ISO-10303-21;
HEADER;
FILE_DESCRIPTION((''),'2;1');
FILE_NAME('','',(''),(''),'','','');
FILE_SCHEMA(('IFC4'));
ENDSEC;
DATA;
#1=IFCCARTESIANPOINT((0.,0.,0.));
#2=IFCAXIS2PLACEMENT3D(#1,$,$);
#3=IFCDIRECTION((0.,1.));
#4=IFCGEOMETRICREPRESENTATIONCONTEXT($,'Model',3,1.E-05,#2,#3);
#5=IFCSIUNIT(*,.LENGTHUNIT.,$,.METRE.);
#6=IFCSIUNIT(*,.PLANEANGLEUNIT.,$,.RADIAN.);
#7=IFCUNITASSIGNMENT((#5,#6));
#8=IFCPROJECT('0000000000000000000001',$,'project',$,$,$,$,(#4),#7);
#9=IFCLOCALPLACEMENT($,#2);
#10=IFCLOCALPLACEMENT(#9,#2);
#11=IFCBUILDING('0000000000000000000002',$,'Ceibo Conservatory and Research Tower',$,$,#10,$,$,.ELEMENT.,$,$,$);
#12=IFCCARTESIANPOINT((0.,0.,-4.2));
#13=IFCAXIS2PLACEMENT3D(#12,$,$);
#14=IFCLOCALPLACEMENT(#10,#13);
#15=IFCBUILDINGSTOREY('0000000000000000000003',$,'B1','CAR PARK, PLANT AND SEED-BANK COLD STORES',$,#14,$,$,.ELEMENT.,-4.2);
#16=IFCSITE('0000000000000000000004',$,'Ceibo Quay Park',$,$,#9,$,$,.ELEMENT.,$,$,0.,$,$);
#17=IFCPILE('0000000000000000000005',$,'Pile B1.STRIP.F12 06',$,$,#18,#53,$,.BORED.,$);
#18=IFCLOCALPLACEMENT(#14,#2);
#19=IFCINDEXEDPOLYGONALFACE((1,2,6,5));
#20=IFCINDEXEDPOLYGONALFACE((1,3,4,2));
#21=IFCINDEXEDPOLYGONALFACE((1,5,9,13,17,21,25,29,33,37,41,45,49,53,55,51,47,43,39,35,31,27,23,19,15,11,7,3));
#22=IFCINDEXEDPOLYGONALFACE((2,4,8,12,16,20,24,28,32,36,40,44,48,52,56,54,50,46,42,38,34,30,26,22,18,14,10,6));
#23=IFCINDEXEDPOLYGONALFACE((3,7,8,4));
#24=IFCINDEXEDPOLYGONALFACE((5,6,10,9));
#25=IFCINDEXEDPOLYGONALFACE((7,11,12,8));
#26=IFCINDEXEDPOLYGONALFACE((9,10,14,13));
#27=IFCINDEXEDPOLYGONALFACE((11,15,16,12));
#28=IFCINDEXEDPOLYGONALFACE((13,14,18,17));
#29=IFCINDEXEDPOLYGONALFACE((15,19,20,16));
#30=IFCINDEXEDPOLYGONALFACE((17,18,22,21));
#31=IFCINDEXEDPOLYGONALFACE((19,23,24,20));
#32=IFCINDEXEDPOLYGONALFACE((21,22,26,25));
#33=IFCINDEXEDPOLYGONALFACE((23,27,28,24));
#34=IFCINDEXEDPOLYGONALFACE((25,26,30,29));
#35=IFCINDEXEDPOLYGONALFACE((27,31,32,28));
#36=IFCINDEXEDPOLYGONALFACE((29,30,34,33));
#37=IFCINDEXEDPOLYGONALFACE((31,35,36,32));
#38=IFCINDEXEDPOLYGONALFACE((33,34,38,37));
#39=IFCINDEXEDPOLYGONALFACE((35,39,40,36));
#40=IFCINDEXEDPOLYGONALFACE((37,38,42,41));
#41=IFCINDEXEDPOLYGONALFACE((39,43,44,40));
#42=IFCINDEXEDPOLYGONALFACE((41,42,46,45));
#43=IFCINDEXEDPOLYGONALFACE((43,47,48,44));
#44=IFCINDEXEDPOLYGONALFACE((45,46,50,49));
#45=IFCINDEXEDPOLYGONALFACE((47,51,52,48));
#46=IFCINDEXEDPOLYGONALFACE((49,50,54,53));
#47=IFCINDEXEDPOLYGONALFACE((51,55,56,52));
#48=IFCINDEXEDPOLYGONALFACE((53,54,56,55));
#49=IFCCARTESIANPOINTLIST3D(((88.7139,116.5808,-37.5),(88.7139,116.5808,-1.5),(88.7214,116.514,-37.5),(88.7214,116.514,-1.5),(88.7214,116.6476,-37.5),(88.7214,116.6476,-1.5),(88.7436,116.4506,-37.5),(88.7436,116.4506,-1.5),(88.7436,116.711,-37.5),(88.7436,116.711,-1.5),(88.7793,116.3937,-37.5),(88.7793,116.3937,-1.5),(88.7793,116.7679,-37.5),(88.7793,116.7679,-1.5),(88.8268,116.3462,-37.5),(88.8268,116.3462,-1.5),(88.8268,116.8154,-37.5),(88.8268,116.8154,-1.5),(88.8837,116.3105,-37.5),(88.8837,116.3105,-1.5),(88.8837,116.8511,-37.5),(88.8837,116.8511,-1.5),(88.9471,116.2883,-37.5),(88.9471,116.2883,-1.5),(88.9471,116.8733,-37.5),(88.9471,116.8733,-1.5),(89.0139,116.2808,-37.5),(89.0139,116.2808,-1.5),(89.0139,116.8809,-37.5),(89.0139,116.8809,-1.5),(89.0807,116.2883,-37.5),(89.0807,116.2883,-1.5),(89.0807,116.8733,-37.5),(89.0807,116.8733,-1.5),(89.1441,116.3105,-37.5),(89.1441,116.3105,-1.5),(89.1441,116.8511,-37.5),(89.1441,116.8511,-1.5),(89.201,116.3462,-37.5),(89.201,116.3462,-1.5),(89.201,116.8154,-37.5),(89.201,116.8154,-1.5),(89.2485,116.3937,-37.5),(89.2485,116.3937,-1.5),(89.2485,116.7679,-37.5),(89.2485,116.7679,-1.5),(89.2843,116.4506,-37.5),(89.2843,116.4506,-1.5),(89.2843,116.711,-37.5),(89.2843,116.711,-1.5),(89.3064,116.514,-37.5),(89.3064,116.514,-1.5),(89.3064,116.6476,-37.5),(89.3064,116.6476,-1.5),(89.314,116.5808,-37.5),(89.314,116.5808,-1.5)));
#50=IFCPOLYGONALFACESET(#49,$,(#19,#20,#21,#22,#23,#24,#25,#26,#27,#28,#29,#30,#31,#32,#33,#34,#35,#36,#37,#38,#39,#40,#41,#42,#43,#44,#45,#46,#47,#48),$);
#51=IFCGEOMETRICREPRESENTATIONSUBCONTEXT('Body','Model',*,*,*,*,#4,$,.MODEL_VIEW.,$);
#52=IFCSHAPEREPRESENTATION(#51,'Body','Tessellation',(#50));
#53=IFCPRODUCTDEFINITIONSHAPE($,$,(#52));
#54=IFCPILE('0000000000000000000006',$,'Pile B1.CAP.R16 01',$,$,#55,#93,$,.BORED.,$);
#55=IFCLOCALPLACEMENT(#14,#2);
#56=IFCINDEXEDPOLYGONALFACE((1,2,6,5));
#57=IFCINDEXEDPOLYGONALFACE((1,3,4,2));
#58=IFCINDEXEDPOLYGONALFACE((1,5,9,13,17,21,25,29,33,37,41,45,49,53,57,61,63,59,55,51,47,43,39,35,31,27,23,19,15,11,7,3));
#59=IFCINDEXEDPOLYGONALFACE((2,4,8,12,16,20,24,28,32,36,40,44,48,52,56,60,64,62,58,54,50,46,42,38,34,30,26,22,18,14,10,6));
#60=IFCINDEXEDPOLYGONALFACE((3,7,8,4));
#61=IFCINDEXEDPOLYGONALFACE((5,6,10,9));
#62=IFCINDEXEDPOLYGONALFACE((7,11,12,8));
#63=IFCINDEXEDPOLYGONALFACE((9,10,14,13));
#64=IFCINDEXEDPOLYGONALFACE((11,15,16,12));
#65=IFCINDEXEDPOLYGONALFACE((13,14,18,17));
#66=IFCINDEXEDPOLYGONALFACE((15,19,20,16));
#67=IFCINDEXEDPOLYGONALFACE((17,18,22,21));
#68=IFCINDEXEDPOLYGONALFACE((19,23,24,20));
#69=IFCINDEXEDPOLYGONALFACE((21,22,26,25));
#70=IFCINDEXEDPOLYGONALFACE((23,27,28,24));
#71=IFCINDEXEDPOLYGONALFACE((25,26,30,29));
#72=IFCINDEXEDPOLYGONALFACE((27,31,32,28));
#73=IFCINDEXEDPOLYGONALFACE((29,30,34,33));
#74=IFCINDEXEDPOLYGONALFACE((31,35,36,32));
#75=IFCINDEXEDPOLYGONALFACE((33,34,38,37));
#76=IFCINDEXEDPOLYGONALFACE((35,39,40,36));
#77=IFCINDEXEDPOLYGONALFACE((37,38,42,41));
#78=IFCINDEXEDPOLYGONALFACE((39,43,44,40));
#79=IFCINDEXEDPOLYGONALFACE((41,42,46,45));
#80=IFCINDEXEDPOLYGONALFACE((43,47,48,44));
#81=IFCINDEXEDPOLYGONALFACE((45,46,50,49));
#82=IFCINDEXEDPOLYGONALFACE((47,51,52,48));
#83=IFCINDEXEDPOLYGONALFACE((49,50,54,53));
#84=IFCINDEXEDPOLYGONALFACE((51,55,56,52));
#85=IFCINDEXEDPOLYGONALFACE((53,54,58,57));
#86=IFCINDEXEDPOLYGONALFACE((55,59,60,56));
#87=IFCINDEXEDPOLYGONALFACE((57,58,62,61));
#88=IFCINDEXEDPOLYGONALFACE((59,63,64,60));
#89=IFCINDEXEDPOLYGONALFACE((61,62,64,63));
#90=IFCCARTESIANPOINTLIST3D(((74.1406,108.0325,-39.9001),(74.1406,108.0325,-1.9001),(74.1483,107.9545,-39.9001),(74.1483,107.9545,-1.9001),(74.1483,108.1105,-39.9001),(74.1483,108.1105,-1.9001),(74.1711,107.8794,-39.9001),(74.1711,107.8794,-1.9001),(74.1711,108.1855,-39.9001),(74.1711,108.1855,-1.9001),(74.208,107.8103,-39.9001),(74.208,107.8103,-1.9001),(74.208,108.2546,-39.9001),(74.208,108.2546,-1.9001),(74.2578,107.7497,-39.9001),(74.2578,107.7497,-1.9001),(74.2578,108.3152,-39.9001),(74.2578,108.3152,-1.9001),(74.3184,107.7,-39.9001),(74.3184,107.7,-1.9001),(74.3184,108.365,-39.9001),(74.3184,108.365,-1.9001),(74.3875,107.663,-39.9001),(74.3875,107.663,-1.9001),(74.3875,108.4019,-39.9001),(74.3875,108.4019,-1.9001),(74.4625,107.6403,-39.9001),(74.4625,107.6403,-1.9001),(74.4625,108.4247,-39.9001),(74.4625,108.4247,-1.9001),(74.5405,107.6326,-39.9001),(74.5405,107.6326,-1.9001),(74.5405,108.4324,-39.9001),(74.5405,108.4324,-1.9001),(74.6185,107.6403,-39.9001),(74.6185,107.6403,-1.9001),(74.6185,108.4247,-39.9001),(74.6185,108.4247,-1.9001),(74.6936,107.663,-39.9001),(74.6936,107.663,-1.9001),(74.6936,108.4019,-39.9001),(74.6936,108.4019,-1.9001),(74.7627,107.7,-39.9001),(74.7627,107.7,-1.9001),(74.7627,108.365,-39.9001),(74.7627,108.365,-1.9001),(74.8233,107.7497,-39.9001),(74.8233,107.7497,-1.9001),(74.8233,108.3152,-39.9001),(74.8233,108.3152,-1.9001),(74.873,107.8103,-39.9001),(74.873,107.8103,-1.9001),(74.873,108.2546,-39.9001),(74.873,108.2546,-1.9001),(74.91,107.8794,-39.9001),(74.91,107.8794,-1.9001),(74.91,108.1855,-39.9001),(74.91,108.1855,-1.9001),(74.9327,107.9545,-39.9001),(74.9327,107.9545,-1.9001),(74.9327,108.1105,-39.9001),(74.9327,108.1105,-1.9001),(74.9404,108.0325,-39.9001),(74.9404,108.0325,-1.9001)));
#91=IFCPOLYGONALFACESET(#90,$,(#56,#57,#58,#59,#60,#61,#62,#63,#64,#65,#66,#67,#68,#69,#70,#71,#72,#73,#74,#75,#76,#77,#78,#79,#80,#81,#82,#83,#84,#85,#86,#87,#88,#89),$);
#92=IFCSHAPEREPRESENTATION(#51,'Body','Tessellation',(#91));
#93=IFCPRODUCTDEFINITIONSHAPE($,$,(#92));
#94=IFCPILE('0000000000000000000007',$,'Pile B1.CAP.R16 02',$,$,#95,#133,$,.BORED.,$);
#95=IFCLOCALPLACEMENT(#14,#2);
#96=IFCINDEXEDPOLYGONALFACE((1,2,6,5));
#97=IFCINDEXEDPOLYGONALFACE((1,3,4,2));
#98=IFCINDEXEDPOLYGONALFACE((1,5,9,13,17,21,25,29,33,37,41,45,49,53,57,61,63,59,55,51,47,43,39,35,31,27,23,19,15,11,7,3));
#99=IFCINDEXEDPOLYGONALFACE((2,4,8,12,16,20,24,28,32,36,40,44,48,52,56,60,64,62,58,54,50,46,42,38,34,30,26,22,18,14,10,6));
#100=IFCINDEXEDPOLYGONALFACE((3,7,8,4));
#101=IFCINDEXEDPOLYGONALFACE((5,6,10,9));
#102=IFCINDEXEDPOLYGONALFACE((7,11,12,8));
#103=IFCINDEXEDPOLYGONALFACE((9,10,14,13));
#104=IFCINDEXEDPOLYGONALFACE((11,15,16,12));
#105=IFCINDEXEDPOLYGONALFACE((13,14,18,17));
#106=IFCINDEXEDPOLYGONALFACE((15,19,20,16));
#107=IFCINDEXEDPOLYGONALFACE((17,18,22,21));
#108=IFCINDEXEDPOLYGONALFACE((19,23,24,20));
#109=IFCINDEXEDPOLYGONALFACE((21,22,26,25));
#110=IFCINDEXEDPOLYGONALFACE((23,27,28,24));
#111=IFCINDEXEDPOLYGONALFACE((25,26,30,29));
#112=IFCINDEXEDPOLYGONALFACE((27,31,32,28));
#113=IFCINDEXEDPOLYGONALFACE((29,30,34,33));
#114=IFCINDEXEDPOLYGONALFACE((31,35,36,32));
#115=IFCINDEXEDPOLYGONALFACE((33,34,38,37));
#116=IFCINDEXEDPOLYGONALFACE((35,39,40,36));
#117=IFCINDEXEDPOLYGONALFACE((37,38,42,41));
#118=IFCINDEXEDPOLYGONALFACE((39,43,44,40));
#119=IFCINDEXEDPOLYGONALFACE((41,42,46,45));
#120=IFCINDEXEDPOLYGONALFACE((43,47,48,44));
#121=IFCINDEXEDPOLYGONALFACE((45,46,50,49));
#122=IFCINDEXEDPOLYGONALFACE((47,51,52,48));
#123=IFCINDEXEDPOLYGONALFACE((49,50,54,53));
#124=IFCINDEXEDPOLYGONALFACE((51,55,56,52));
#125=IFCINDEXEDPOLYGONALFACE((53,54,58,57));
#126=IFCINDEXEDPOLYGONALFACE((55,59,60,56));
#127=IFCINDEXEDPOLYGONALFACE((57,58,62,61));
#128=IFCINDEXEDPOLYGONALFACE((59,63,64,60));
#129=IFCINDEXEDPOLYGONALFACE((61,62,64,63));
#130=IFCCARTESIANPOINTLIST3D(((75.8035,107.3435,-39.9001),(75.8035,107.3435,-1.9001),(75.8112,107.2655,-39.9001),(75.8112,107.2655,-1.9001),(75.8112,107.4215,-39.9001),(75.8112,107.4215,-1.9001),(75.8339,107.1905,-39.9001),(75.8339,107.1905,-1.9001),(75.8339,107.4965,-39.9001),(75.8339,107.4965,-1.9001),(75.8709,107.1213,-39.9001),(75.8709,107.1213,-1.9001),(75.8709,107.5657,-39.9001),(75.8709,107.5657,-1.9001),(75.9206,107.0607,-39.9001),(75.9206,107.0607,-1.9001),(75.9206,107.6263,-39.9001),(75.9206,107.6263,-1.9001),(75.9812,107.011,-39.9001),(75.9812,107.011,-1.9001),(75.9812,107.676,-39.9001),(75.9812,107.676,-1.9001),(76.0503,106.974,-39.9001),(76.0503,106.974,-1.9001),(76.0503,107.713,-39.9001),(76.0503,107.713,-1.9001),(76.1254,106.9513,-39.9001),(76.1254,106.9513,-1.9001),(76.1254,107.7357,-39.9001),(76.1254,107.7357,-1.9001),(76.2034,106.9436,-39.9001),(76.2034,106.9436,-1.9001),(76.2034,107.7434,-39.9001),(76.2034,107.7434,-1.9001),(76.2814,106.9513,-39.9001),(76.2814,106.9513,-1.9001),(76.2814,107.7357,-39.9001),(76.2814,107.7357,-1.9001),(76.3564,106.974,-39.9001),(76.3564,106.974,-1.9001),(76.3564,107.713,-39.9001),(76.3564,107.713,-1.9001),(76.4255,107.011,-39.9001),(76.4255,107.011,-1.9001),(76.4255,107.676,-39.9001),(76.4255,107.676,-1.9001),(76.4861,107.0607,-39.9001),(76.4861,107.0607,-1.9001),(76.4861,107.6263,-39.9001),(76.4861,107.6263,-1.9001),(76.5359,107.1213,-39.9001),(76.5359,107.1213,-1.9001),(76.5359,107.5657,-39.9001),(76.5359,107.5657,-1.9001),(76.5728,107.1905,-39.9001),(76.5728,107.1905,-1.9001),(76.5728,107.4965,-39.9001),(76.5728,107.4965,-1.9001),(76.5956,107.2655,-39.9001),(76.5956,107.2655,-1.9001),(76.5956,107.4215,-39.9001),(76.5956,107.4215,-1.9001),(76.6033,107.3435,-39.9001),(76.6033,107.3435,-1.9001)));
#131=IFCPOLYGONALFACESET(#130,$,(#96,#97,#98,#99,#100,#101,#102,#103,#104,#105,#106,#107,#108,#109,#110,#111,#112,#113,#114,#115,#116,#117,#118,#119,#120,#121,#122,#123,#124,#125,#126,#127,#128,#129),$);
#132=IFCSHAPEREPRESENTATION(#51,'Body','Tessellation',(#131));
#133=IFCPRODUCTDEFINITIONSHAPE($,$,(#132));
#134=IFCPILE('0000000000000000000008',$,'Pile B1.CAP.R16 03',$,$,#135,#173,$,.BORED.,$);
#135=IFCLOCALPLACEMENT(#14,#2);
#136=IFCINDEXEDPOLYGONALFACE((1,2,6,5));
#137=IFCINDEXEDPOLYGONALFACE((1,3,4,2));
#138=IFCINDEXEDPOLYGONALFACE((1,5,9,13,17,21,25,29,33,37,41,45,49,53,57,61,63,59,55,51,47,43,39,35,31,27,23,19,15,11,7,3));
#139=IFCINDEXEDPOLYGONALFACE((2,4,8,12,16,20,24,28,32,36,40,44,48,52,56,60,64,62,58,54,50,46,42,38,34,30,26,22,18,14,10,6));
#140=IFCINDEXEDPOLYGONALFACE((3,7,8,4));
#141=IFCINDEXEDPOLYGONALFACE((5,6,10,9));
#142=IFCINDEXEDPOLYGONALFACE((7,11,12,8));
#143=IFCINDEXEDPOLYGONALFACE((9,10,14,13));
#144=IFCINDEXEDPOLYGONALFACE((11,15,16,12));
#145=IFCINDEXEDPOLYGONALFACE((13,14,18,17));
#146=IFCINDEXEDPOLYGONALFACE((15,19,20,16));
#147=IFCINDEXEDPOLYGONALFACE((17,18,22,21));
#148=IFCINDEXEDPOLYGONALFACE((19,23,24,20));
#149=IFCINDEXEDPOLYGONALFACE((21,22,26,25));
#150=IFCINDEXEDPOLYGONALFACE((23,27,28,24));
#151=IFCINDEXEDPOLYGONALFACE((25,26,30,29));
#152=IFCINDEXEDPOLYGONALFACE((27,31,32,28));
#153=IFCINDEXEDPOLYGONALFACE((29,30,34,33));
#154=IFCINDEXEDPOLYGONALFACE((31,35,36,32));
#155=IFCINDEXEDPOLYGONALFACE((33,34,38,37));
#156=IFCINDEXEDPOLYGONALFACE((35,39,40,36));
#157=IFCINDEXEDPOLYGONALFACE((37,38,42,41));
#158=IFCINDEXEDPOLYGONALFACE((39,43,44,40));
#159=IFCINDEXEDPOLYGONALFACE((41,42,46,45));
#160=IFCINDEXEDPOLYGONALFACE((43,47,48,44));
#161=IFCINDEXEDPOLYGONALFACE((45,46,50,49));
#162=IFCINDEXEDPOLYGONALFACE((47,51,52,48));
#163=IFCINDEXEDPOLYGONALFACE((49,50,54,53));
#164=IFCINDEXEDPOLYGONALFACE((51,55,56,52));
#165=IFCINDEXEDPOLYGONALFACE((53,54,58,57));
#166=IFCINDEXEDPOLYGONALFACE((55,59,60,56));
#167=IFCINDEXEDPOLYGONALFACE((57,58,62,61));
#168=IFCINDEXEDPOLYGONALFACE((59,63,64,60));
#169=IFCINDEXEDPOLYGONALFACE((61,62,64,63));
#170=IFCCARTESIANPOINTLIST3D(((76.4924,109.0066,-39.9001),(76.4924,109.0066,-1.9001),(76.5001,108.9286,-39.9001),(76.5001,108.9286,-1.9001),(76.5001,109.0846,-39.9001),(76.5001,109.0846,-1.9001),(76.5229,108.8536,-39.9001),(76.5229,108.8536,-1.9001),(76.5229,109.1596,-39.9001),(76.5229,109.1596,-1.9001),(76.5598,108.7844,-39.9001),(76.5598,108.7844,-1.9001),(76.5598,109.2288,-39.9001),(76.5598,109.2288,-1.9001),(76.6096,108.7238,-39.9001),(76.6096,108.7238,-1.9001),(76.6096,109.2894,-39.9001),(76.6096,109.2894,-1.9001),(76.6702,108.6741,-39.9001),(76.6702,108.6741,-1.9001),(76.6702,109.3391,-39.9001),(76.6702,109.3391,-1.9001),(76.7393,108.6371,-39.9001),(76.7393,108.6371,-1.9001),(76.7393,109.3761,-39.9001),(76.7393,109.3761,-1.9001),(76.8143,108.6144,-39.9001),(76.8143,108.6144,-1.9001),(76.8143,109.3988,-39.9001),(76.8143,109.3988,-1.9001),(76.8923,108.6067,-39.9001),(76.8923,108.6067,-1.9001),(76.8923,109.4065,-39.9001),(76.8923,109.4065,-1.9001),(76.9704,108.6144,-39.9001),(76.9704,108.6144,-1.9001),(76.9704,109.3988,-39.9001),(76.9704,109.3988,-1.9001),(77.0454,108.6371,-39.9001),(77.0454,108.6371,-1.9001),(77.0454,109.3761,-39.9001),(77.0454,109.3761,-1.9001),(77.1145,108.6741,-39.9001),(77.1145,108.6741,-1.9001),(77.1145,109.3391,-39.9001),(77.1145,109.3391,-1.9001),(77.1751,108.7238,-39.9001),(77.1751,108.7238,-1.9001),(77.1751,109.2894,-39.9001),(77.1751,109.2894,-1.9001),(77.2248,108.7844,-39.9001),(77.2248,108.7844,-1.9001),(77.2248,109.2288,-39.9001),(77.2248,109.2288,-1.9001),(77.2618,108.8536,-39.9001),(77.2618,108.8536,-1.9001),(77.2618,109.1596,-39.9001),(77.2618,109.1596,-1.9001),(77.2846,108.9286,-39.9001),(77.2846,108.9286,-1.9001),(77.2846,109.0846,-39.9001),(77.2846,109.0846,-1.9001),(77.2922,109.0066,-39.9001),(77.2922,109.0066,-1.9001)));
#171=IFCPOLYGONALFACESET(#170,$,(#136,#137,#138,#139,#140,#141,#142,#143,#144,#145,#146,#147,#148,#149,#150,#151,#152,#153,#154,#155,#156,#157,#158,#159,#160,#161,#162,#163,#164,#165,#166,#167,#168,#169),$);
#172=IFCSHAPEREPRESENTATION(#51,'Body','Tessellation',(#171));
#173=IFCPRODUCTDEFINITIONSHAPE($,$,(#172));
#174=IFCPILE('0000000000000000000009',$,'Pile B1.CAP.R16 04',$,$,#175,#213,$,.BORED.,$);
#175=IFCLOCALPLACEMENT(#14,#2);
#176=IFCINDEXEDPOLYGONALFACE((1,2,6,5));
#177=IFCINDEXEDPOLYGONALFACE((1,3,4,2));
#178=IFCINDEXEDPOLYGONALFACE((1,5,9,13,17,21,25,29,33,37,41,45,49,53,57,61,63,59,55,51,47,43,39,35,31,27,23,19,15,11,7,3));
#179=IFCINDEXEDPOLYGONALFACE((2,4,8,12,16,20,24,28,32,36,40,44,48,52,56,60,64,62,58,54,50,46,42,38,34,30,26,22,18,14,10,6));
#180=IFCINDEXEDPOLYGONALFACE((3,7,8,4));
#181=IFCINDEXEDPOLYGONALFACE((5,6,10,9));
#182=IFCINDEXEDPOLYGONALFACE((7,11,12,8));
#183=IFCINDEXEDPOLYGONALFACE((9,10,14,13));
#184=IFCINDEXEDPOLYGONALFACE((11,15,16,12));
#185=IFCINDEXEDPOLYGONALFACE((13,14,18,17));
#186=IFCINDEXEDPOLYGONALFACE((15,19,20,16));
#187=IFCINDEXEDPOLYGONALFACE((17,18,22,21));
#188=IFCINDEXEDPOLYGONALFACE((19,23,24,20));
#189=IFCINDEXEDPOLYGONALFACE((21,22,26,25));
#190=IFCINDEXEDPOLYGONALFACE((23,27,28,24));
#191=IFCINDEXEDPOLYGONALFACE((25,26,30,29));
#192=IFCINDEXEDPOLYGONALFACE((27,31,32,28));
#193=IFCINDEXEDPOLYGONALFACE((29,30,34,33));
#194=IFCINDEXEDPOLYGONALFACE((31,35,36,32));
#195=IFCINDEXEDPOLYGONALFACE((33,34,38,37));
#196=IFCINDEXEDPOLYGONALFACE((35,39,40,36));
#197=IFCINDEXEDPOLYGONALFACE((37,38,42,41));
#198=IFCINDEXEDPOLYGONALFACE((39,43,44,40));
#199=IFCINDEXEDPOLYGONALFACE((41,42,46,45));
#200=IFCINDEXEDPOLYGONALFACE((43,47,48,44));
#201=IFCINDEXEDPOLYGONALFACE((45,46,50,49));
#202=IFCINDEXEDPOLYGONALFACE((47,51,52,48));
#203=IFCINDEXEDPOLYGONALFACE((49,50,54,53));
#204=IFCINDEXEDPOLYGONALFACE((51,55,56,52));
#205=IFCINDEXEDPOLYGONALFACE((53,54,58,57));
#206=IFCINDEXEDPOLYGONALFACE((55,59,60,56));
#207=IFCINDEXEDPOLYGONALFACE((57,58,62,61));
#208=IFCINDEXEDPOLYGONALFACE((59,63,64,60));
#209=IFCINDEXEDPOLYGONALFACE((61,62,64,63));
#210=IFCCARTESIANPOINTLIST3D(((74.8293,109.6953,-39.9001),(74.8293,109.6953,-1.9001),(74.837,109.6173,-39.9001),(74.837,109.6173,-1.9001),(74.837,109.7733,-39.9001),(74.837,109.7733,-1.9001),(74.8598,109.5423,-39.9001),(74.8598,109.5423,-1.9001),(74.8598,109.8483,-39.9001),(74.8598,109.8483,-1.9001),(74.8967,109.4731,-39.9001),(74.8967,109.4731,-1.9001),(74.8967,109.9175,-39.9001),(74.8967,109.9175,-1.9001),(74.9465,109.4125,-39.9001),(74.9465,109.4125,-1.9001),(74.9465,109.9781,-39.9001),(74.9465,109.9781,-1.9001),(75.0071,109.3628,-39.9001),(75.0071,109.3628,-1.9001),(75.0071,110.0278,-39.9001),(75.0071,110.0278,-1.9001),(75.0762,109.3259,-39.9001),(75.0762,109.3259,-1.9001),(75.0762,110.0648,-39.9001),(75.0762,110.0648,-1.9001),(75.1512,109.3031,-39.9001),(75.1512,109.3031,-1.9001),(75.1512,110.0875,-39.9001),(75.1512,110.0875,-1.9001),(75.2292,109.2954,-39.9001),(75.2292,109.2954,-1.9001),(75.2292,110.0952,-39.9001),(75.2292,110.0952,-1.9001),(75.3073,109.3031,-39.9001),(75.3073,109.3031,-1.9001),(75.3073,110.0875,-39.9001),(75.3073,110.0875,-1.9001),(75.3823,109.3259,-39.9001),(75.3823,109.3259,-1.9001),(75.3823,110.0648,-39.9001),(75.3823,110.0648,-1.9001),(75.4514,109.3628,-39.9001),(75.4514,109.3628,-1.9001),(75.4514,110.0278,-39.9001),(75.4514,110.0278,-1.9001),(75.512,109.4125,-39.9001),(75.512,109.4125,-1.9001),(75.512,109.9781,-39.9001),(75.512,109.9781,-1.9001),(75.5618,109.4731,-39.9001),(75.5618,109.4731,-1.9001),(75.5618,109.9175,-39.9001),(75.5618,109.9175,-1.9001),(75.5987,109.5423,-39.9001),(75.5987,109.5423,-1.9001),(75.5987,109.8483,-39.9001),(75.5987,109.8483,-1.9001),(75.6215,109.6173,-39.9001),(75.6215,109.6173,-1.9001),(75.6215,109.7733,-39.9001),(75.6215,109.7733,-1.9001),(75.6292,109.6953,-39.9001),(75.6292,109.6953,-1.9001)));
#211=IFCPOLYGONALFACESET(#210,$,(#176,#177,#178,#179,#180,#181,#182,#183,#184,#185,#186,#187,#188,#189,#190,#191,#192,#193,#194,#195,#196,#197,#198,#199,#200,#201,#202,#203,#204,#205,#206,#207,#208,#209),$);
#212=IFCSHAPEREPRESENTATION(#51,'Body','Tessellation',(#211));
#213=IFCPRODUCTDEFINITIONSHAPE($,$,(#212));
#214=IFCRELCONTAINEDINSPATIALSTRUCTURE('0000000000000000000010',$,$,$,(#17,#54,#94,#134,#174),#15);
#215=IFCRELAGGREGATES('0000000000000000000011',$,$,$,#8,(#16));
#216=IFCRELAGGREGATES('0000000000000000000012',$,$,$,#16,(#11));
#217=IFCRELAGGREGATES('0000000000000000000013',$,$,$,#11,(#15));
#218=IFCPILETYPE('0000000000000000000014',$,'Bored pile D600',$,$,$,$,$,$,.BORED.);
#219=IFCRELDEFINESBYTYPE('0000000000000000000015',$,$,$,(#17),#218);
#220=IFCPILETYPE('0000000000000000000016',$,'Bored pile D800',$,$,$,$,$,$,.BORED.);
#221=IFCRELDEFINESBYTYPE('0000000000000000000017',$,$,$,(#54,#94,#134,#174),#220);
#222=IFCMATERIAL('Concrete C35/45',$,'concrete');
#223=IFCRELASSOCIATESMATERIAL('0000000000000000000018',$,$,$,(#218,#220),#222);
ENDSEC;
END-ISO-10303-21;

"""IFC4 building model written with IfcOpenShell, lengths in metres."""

from ifc_helpers import new_model, si_unit, direction, frame, origin, origin_2d, place, context, subcontext, project, spatial, circle, extrude, material, material_profile, profile_set, type_object, element, save


model = new_model("IFC4")

# Units and contexts
model_context = context("Model", 3, precision=1e-05, world=origin(), true_north=direction((0.0, 1.0)))
body_context = subcontext(model_context, "Body", "Model", "MODEL_VIEW")
ifc_project = project(units=[si_unit("LENGTHUNIT", "METRE"), si_unit("PLANEANGLEUNIT", "RADIAN")], contexts=[model_context])

# Site, building, storey
site_placement = place(None, origin())
site = spatial("IfcSite", under=ifc_project, at=site_placement, Name="Ceibo Quay Park", CompositionType="ELEMENT", RefElevation=0.0)
building_placement = place(site_placement, origin())
building = spatial("IfcBuilding", under=site, at=building_placement, Name="Ceibo Conservatory and Research Tower", CompositionType="ELEMENT")
storey_placement = place(building_placement, frame((0.0, 0.0, -4.2)))
storey = spatial("IfcBuildingStorey", under=building, at=storey_placement, Name="B1", Description="CAR PARK, PLANT AND SEED-BANK COLD STORES", CompositionType="ELEMENT", Elevation=-4.2)

# Piles
ifc_material_1 = material(Name="Concrete C35/45", Category="concrete")
ifc_material_profile_1 = material_profile(ifc_material_1, circle(Radius=0.3, at=origin_2d()), Name="RC D600")
ifc_profile_set_1 = profile_set([ifc_material_profile_1], Name="Concrete C35/45")
pile_type_1 = type_object("IfcPileType", Name="Bored pile D600", PredefinedType="BORED", material=ifc_profile_set_1)
for number, where, z_axis, x_axis, name in (
    (1, (89.0139, 116.5808, -1.5), (0.0, 0.0, -1.0), (1.0, 0.0, 0.0), "Pile B1.STRIP.F12 06"),
):
    element("IfcPile", number, at=place(storey_placement, frame(where, z_axis=z_axis, x_axis=x_axis)), inside=storey, type_object=pile_type_1, Name=name, PredefinedType="BORED", context=body_context, shape_type="SweptSolid", body=[
        extrude(circle(Radius=0.3, at=origin_2d()), origin(), (0.0, 0.0, 1.0), 36.0),
    ])
ifc_material_profile_2 = material_profile(ifc_material_1, circle(Radius=0.3999, at=origin_2d()), Name="RC D800")
ifc_profile_set_2 = profile_set([ifc_material_profile_2], Name="Concrete C35/45")
pile_type_2 = type_object("IfcPileType", Name="Bored pile D800", PredefinedType="BORED", material=ifc_profile_set_2)
for number, where, z_axis, x_axis, name in (
    (2, (74.5405, 108.0325, -1.9001), (0.0, 0.0, -1.0), (1.0, 0.0, 0.0), "Pile B1.CAP.R16 01"),
    (3, (76.2034, 107.3435, -1.9001), (0.0, 0.0, -1.0), (1.0, 0.0, 0.0), "Pile B1.CAP.R16 02"),
    (4, (76.8923, 109.0066, -1.9001), (0.0, 0.0, -1.0), (1.0, 0.0, 0.0), "Pile B1.CAP.R16 03"),
    (5, (75.2292, 109.6953, -1.9001), (0.0, 0.0, -1.0), (1.0, 0.0, 0.0), "Pile B1.CAP.R16 04"),
):
    element("IfcPile", number, at=place(storey_placement, frame(where, z_axis=z_axis, x_axis=x_axis)), inside=storey, type_object=pile_type_2, Name=name, PredefinedType="BORED", context=body_context, shape_type="SweptSolid", body=[
        extrude(circle(Radius=0.3999, at=origin_2d()), origin(), (0.0, 0.0, 1.0), 38.0),
    ])

save(model, "model.ifc")
